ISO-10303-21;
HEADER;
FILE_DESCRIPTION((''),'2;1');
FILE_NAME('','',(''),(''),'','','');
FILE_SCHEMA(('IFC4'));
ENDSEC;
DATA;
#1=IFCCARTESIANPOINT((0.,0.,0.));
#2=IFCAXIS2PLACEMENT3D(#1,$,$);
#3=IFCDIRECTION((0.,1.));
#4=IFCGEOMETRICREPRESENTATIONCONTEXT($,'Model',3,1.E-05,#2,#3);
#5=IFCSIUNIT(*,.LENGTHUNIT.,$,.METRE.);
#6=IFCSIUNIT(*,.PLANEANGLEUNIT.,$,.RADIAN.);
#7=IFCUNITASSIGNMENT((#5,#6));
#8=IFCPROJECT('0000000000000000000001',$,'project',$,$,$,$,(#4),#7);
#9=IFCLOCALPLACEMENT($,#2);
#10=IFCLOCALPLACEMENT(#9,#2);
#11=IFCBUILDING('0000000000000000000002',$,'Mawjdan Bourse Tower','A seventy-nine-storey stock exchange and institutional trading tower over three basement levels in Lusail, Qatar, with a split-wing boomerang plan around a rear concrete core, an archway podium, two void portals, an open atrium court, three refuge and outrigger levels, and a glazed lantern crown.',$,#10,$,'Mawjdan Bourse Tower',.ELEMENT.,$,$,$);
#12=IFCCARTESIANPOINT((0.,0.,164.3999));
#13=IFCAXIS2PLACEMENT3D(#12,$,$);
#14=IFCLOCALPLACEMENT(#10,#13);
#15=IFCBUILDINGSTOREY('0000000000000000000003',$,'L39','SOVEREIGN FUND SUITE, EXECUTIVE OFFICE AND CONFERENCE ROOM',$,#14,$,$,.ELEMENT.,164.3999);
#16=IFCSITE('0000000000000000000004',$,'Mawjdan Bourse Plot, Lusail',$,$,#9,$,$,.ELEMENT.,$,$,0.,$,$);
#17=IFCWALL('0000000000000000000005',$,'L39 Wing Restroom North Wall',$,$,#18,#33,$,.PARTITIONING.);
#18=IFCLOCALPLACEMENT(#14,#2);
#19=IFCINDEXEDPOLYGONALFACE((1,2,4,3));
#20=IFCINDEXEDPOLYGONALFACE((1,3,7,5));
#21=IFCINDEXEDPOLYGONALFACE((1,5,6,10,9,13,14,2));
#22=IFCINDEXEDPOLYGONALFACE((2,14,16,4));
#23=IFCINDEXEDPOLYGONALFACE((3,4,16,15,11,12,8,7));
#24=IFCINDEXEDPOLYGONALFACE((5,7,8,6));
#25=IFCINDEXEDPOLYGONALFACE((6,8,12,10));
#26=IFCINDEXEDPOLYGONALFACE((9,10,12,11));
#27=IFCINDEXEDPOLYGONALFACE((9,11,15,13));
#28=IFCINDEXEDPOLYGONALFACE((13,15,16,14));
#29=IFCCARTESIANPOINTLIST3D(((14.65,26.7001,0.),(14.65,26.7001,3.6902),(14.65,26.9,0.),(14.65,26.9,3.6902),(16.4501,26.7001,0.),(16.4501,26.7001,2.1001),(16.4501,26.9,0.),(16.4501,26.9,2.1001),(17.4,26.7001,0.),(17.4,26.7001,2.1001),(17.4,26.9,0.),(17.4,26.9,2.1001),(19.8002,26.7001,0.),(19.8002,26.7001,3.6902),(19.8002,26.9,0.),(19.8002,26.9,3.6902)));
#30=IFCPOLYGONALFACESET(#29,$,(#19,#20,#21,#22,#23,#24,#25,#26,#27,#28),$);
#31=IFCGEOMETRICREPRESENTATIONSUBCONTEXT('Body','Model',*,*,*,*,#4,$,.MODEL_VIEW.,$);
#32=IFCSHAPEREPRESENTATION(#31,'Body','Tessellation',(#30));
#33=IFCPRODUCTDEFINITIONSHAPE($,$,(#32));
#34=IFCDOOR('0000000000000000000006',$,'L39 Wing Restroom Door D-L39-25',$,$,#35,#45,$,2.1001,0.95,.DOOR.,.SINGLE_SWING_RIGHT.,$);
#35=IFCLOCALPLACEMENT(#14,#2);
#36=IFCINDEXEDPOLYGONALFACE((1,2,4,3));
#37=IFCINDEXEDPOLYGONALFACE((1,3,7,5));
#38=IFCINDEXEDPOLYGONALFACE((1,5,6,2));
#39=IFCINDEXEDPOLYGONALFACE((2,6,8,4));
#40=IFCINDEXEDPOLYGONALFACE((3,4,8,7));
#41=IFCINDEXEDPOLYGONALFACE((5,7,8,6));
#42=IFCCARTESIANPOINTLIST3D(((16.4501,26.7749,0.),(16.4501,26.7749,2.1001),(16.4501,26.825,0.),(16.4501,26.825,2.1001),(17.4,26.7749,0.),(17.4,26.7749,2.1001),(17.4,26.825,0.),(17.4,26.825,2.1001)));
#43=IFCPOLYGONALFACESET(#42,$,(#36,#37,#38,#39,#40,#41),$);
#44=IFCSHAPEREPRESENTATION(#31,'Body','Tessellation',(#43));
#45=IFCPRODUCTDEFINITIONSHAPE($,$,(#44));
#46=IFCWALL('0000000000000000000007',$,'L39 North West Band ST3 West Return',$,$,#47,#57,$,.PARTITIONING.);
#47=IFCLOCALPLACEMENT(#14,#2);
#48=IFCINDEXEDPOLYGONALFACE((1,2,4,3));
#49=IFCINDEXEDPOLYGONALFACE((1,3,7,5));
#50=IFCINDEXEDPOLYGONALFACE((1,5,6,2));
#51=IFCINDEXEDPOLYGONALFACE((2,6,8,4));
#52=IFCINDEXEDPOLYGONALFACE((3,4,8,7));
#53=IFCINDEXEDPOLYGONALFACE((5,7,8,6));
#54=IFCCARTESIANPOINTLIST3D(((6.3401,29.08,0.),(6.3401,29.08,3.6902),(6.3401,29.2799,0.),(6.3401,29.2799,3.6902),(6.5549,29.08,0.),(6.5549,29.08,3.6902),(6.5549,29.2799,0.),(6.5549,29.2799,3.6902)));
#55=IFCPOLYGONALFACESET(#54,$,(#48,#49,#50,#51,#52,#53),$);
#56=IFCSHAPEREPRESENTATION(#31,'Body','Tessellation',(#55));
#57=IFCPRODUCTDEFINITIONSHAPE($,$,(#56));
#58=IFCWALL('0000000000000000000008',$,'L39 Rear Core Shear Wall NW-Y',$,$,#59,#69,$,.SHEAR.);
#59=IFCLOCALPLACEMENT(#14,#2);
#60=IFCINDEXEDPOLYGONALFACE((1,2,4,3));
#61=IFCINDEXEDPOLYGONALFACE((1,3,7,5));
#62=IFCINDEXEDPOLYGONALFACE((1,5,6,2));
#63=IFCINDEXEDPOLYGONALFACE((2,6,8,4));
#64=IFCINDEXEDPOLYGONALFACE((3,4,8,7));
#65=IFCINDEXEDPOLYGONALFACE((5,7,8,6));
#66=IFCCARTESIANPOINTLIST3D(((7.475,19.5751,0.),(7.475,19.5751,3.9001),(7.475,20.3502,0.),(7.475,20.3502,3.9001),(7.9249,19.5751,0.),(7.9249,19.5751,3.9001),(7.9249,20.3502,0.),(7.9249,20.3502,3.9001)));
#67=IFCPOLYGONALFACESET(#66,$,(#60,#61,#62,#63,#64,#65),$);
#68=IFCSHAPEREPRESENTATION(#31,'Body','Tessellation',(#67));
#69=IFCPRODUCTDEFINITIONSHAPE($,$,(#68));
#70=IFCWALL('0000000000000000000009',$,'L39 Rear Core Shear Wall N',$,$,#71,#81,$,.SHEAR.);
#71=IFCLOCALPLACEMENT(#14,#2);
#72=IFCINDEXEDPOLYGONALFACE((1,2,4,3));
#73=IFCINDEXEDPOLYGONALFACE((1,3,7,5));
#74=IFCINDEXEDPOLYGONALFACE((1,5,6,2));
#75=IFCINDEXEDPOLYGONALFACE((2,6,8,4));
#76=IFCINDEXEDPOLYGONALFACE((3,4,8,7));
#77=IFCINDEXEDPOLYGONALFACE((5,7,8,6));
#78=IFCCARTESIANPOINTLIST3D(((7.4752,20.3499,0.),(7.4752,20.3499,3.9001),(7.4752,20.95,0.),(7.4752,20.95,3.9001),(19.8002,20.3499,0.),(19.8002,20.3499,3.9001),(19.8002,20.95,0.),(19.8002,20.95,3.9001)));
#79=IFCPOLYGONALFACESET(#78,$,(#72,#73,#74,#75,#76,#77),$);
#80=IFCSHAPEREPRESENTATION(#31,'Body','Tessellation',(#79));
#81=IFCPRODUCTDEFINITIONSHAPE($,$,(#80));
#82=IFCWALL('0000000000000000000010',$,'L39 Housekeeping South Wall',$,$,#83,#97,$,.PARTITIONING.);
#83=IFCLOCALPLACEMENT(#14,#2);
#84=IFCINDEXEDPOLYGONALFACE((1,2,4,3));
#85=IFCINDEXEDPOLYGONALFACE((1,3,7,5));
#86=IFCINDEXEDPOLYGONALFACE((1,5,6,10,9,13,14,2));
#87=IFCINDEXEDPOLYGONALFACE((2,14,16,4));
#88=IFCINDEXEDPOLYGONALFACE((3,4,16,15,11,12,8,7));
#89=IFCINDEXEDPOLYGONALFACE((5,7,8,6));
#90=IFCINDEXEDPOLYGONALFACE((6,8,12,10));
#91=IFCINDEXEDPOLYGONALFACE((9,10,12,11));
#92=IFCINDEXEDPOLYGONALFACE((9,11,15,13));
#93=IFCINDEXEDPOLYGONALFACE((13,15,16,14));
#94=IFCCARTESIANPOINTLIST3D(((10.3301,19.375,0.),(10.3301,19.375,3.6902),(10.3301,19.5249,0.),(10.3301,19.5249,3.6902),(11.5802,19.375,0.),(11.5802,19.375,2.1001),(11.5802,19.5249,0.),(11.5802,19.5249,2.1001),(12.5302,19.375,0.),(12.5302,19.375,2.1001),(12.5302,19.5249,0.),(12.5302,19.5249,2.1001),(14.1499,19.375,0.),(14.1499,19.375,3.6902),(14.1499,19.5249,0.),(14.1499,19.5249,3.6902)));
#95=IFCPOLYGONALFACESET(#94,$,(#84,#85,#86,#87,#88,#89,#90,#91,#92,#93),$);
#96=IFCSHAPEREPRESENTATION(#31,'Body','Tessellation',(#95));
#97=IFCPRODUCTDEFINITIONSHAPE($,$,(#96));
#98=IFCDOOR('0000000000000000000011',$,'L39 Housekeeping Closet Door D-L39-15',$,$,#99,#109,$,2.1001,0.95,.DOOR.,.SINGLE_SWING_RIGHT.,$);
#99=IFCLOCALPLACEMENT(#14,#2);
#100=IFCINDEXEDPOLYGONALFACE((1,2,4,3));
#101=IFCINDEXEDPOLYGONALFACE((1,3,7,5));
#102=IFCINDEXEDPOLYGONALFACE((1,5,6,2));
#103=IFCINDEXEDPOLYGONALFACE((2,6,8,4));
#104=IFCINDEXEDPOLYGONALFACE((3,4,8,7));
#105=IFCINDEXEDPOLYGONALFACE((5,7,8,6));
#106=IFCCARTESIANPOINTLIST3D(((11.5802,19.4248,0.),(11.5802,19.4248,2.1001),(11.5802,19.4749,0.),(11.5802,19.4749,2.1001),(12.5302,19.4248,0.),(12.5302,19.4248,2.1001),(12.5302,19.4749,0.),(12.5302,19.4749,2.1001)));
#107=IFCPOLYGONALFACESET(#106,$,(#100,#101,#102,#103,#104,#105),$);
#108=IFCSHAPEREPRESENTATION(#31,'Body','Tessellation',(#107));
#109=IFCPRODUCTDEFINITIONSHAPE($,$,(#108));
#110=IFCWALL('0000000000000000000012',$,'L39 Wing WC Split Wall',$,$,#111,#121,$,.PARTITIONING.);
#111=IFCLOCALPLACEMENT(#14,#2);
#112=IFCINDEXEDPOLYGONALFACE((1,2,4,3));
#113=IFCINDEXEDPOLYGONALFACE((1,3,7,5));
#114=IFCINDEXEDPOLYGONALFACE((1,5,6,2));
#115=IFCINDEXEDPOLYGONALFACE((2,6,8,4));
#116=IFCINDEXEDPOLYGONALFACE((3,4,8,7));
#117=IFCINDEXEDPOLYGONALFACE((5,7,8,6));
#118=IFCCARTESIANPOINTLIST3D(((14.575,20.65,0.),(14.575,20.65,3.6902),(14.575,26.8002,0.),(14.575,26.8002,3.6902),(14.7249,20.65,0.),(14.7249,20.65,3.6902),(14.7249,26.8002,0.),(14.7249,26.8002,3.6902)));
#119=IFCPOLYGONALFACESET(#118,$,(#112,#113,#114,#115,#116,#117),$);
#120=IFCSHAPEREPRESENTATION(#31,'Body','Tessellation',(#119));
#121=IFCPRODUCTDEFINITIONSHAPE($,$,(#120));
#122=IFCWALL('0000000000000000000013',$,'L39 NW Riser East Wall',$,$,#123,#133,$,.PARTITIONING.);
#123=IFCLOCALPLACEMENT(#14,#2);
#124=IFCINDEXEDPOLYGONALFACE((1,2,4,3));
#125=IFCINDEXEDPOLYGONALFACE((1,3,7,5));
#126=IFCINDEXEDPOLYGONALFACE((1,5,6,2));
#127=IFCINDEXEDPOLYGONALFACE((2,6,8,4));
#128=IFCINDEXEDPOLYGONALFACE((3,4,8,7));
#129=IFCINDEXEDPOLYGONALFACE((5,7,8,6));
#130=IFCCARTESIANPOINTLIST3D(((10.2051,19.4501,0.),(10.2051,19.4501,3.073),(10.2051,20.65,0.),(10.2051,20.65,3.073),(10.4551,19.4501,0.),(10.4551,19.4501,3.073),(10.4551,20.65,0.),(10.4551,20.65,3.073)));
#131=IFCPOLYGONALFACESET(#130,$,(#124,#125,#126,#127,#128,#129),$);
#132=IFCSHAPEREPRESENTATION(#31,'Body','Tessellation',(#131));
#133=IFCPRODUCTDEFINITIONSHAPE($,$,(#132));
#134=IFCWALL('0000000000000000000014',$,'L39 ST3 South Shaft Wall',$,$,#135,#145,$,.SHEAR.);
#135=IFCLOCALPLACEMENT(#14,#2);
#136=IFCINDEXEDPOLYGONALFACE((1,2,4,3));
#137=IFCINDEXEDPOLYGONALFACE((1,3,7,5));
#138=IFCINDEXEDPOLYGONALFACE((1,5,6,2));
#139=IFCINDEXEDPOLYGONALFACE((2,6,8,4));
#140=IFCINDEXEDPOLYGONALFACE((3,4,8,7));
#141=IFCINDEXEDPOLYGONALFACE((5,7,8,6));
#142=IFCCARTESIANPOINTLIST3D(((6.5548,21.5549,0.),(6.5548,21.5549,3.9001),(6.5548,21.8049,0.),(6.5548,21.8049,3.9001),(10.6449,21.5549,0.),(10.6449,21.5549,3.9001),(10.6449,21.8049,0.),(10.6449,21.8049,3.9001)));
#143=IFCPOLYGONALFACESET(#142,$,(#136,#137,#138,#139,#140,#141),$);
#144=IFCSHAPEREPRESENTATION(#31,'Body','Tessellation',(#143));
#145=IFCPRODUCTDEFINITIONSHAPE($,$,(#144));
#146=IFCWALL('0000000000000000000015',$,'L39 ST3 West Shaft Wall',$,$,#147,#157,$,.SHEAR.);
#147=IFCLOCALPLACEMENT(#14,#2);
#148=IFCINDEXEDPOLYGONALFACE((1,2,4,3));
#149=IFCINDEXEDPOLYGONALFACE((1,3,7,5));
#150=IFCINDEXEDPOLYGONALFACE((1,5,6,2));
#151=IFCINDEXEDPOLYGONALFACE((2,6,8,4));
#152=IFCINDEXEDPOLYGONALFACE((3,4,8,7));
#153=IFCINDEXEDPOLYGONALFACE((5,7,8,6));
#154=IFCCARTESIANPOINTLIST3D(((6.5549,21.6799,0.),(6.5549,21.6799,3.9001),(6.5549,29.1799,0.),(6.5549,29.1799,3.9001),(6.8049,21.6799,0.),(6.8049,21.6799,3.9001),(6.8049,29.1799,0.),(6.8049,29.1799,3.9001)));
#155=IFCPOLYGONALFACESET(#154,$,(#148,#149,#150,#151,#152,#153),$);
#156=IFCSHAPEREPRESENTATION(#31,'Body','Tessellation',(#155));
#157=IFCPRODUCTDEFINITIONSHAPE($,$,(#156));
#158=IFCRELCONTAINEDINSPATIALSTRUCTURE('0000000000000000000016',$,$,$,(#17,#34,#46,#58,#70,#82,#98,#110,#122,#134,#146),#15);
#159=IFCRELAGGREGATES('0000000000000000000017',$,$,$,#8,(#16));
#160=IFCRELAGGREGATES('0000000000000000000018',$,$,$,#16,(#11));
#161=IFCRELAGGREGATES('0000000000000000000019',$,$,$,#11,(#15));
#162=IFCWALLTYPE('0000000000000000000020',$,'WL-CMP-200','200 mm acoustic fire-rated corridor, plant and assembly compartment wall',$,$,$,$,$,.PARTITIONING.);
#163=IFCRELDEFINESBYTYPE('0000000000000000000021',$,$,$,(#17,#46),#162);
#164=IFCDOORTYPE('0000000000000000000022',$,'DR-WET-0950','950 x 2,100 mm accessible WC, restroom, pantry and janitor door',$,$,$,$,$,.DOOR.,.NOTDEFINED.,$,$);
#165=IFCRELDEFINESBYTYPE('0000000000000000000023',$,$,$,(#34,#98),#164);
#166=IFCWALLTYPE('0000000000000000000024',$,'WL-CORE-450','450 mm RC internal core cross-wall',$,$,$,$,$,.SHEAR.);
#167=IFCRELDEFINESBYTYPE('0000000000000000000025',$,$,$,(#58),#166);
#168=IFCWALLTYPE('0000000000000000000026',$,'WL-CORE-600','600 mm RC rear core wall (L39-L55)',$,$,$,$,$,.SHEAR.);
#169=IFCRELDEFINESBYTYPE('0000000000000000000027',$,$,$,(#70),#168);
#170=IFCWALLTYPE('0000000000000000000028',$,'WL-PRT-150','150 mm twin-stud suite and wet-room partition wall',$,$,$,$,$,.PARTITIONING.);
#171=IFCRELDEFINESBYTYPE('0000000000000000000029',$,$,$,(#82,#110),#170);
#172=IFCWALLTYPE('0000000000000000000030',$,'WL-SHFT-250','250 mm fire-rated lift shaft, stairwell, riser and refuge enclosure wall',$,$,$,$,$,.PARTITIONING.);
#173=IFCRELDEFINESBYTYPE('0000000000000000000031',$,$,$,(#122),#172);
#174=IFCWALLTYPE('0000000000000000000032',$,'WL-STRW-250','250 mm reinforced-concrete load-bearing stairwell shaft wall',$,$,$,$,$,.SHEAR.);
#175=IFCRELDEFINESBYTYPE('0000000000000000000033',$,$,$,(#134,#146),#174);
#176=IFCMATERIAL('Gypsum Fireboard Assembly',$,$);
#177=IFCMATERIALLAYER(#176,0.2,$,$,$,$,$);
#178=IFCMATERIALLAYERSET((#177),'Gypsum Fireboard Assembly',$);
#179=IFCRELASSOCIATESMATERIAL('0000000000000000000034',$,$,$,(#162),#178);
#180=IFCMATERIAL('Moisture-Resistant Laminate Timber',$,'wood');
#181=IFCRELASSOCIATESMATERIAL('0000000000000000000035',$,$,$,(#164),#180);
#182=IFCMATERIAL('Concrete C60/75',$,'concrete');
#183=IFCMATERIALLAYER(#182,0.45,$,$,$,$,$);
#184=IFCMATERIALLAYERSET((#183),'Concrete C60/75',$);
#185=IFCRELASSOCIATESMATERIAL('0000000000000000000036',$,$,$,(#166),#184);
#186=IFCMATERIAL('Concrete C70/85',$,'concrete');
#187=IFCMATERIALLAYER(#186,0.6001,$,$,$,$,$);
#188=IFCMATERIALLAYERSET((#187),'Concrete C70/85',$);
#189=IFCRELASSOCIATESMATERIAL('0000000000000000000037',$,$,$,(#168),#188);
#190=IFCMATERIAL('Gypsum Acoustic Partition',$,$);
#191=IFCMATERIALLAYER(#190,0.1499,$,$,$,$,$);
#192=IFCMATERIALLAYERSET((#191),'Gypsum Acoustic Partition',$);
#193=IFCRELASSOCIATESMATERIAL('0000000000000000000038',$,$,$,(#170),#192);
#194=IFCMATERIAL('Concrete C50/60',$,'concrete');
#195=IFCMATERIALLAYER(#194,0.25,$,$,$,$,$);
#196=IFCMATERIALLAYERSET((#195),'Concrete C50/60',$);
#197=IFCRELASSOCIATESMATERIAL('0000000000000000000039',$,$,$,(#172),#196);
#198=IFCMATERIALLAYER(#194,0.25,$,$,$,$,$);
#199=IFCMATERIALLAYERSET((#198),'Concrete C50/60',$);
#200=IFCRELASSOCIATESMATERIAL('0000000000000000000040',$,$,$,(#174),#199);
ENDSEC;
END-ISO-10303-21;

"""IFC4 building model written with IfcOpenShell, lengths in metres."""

from ifc_helpers import new_model, si_unit, direction, frame, frame_2d, origin, place, context, subcontext, project, spatial, rectangle, extrude, material, layer, layer_set, type_object, element, fill, save


model = new_model("IFC4")

# Units and contexts
model_context = context("Model", 3, precision=1e-05, world=origin(), true_north=direction((0.0, 1.0)))
body_context = subcontext(model_context, "Body", "Model", "MODEL_VIEW")
ifc_project = project(units=[si_unit("LENGTHUNIT", "METRE"), si_unit("PLANEANGLEUNIT", "RADIAN")], contexts=[model_context])

# Site, building, storey
site_placement = place(None, origin())
site = spatial("IfcSite", under=ifc_project, at=site_placement, Name="Mawjdan Bourse Plot, Lusail", CompositionType="ELEMENT", RefElevation=0.0)
building_placement = place(site_placement, origin())
building = spatial("IfcBuilding", under=site, at=building_placement, Name="Mawjdan Bourse Tower", Description="A seventy-nine-storey stock exchange and institutional trading tower over three basement levels in Lusail, Qatar, with a split-wing boomerang plan around a rear concrete core, an archway podium, two void portals, an open atrium court, three refuge and outrigger levels, and a glazed lantern crown.", LongName="Mawjdan Bourse Tower", CompositionType="ELEMENT")
storey_placement = place(building_placement, frame((0.0, 0.0, 164.3999)))
storey = spatial("IfcBuildingStorey", under=building, at=storey_placement, Name="L39", Description="SOVEREIGN FUND SUITE, EXECUTIVE OFFICE AND CONFERENCE ROOM", CompositionType="ELEMENT", Elevation=164.3999)

# Shared definitions
ifc_material_1 = material(Name="Concrete C70/85", Category="concrete")

# Wall, opening, door
ifc_material_2 = material(Name="Gypsum Fireboard Assembly")
ifc_layer_1 = layer(ifc_material_2, 0.2)
ifc_layer_set_1 = layer_set([ifc_layer_1], Name="Gypsum Fireboard Assembly")
wall_type_1 = type_object("IfcWallType", Name="WL-CMP-200", Description="200 mm acoustic fire-rated corridor, plant and assembly compartment wall", PredefinedType="PARTITIONING", material=ifc_layer_set_1)
ifc_material_3 = material(Name="Moisture-Resistant Laminate Timber", Category="wood")
door_type_1 = type_object("IfcDoorType", Name="DR-WET-0950", Description="950 x 2,100 mm accessible WC, restroom, pantry and janitor door", OperationType="NOTDEFINED", PredefinedType="DOOR", material=ifc_material_3)
wall_1_placement = place(storey_placement, frame((14.6499, 26.8, 0.0), z_axis=(0.0, 0.0, 1.0), x_axis=(1.0, 0.0, 0.0)))
wall_1 = element("IfcWall", 1, at=wall_1_placement, inside=storey, type_object=wall_type_1, Name="L39 Wing Restroom North Wall", PredefinedType="PARTITIONING", context=body_context, shape_type="SweptSolid", body=[
    extrude(rectangle(XDim=5.1501, YDim=0.2, at=frame_2d((2.5752, 0.0))), origin(), (0.0, 0.0, 1.0), 3.6902),
])
opening_1_placement = place(wall_1_placement, frame((1.8, 0.0, 0.0)))
opening_1 = element("IfcOpeningElement", 2, at=opening_1_placement, cuts=wall_1, PredefinedType="OPENING", context=body_context, shape_type="SweptSolid", body=[
    extrude(rectangle(XDim=0.95, YDim=2.1001, at=frame_2d((0.4751, 1.05))), frame((0.0, 0.1099, 0.0), z_axis=(0.0, -1.0, 0.0), x_axis=(1.0, 0.0, 0.0)), (0.0, 0.0, 1.0), 0.22),
])
door_1_placement = place(opening_1_placement, origin())
door_1 = element("IfcDoor", 3, at=door_1_placement, inside=storey, type_object=door_type_1, Name="L39 Wing Restroom Door D-L39-25", OperationType="SINGLE_SWING_RIGHT", OverallHeight=2.1001, OverallWidth=0.95, PredefinedType="DOOR", context=body_context, shape_type="SweptSolid", body=[
    extrude(rectangle(XDim=0.95, YDim=2.1001, at=frame_2d((0.4751, 1.05))), frame((0.0, 0.0249, 0.0), z_axis=(0.0, -1.0, 0.0), x_axis=(1.0, 0.0, 0.0)), (0.0, 0.0, 1.0), 0.05),
])
fill(opening_1, door_1)

# Walls
wall_2_placement = place(storey_placement, frame((6.3401, 29.1799, 0.0), z_axis=(0.0, 0.0, 1.0), x_axis=(1.0, 0.0, 0.0)))
element("IfcWall", 4, at=wall_2_placement, inside=storey, type_object=wall_type_1, Name="L39 North West Band ST3 West Return", PredefinedType="PARTITIONING", context=body_context, shape_type="SweptSolid", body=[
    extrude(rectangle(XDim=0.2148, YDim=0.2, at=frame_2d((0.1074, 0.0))), origin(), (0.0, 0.0, 1.0), 3.6902),
])
ifc_material_4 = material(Name="Concrete C60/75", Category="concrete")
ifc_layer_2 = layer(ifc_material_4, 0.45)
ifc_layer_set_2 = layer_set([ifc_layer_2], Name="Concrete C60/75")
wall_type_2 = type_object("IfcWallType", Name="WL-CORE-450", Description="450 mm RC internal core cross-wall", PredefinedType="SHEAR", material=ifc_layer_set_2)
wall_3_placement = place(storey_placement, frame((7.7, 19.575, 0.0), z_axis=(0.0, 0.0, 1.0), x_axis=(0.0, 1.0, 0.0)))
element("IfcWall", 5, at=wall_3_placement, inside=storey, type_object=wall_type_2, Name="L39 Rear Core Shear Wall NW-Y", PredefinedType="SHEAR", context=body_context, shape_type="SweptSolid", body=[
    extrude(rectangle(XDim=0.7751, YDim=0.45, at=frame_2d((0.3877, 0.0))), origin(), (0.0, 0.0, 1.0), 3.9001),
])
ifc_layer_3 = layer(ifc_material_1, 0.6001)
ifc_layer_set_3 = layer_set([ifc_layer_3], Name="Concrete C70/85")
wall_type_3 = type_object("IfcWallType", Name="WL-CORE-600", Description="600 mm RC rear core wall (L39-L55)", PredefinedType="SHEAR", material=ifc_layer_set_3)
wall_4_placement = place(storey_placement, frame((7.4751, 20.6499, 0.0), z_axis=(0.0, 0.0, 1.0), x_axis=(1.0, 0.0, 0.0)))
element("IfcWall", 6, at=wall_4_placement, inside=storey, type_object=wall_type_3, Name="L39 Rear Core Shear Wall N", PredefinedType="SHEAR", context=body_context, shape_type="SweptSolid", body=[
    extrude(rectangle(XDim=12.325, YDim=0.6001, at=frame_2d((6.1626, 0.0))), origin(), (0.0, 0.0, 1.0), 3.9001),
])

# Wall, opening, door
ifc_material_5 = material(Name="Gypsum Acoustic Partition")
ifc_layer_4 = layer(ifc_material_5, 0.1499)
ifc_layer_set_4 = layer_set([ifc_layer_4], Name="Gypsum Acoustic Partition")
wall_type_4 = type_object("IfcWallType", Name="WL-PRT-150", Description="150 mm twin-stud suite and wet-room partition wall", PredefinedType="PARTITIONING", material=ifc_layer_set_4)
wall_5_placement = place(storey_placement, frame((10.3301, 19.45, 0.0), z_axis=(0.0, 0.0, 1.0), x_axis=(1.0, 0.0, 0.0)))
wall_5 = element("IfcWall", 7, at=wall_5_placement, inside=storey, type_object=wall_type_4, Name="L39 Housekeeping South Wall", PredefinedType="PARTITIONING", context=body_context, shape_type="SweptSolid", body=[
    extrude(rectangle(XDim=3.8198, YDim=0.1499, at=frame_2d((1.9099, 0.0))), origin(), (0.0, 0.0, 1.0), 3.6902),
])
opening_2_placement = place(wall_5_placement, frame((1.25, 0.0, 0.0)))
opening_2 = element("IfcOpeningElement", 8, at=opening_2_placement, cuts=wall_5, PredefinedType="OPENING", context=body_context, shape_type="SweptSolid", body=[
    extrude(rectangle(XDim=0.95, YDim=2.1001, at=frame_2d((0.4751, 1.05))), frame((0.0, 0.085, 0.0), z_axis=(0.0, -1.0, 0.0), x_axis=(1.0, 0.0, 0.0)), (0.0, 0.0, 1.0), 0.1699),
])
door_2_placement = place(opening_2_placement, origin())
door_2 = element("IfcDoor", 9, at=door_2_placement, inside=storey, type_object=door_type_1, Name="L39 Housekeeping Closet Door D-L39-15", OperationType="SINGLE_SWING_RIGHT", OverallHeight=2.1001, OverallWidth=0.95, PredefinedType="DOOR", context=body_context, shape_type="SweptSolid", body=[
    extrude(rectangle(XDim=0.95, YDim=2.1001, at=frame_2d((0.4751, 1.05))), frame((0.0, 0.0249, 0.0), z_axis=(0.0, -1.0, 0.0), x_axis=(1.0, 0.0, 0.0)), (0.0, 0.0, 1.0), 0.05),
])
fill(opening_2, door_2)

# Walls
wall_6_placement = place(storey_placement, frame((14.6499, 20.6499, 0.0), z_axis=(0.0, 0.0, 1.0), x_axis=(0.0, 1.0, 0.0)))
element("IfcWall", 10, at=wall_6_placement, inside=storey, type_object=wall_type_4, Name="L39 Wing WC Split Wall", PredefinedType="PARTITIONING", context=body_context, shape_type="SweptSolid", body=[
    extrude(rectangle(XDim=6.1501, YDim=0.1499, at=frame_2d((3.0752, 0.0))), origin(), (0.0, 0.0, 1.0), 3.6902),
])
ifc_material_6 = material(Name="Concrete C50/60", Category="concrete")
ifc_layer_5 = layer(ifc_material_6, 0.25)
ifc_layer_set_5 = layer_set([ifc_layer_5], Name="Concrete C50/60")
wall_type_5 = type_object("IfcWallType", Name="WL-SHFT-250", Description="250 mm fire-rated lift shaft, stairwell, riser and refuge enclosure wall", PredefinedType="PARTITIONING", material=ifc_layer_set_5)
wall_7_placement = place(storey_placement, frame((10.3301, 19.45, 0.0), z_axis=(0.0, 0.0, 1.0), x_axis=(0.0, 1.0, 0.0)))
element("IfcWall", 11, at=wall_7_placement, inside=storey, type_object=wall_type_5, Name="L39 NW Riser East Wall", PredefinedType="PARTITIONING", context=body_context, shape_type="SweptSolid", body=[
    extrude(rectangle(XDim=1.2, YDim=0.25, at=frame_2d((0.6001, 0.0))), origin(), (0.0, 0.0, 1.0), 3.073),
])
ifc_layer_6 = layer(ifc_material_6, 0.25)
ifc_layer_set_6 = layer_set([ifc_layer_6], Name="Concrete C50/60")
wall_type_6 = type_object("IfcWallType", Name="WL-STRW-250", Description="250 mm reinforced-concrete load-bearing stairwell shaft wall", PredefinedType="SHEAR", material=ifc_layer_set_6)
wall_8_placement = place(storey_placement, frame((6.5549, 21.6799, 0.0), z_axis=(0.0, 0.0, 1.0), x_axis=(1.0, 0.0, 0.0)))
element("IfcWall", 12, at=wall_8_placement, inside=storey, type_object=wall_type_6, Name="L39 ST3 South Shaft Wall", PredefinedType="SHEAR", context=body_context, shape_type="SweptSolid", body=[
    extrude(rectangle(XDim=4.0901, YDim=0.25, at=frame_2d((2.0449, 0.0))), origin(), (0.0, 0.0, 1.0), 3.9001),
])
wall_9_placement = place(storey_placement, frame((6.6799, 21.6799, 0.0), z_axis=(0.0, 0.0, 1.0), x_axis=(0.0, 1.0, 0.0)))
element("IfcWall", 13, at=wall_9_placement, inside=storey, type_object=wall_type_6, Name="L39 ST3 West Shaft Wall", PredefinedType="SHEAR", context=body_context, shape_type="SweptSolid", body=[
    extrude(rectangle(XDim=7.5, YDim=0.25, at=frame_2d((3.75, 0.0))), origin(), (0.0, 0.0, 1.0), 3.9001),
])

save(model, "model.ifc")
